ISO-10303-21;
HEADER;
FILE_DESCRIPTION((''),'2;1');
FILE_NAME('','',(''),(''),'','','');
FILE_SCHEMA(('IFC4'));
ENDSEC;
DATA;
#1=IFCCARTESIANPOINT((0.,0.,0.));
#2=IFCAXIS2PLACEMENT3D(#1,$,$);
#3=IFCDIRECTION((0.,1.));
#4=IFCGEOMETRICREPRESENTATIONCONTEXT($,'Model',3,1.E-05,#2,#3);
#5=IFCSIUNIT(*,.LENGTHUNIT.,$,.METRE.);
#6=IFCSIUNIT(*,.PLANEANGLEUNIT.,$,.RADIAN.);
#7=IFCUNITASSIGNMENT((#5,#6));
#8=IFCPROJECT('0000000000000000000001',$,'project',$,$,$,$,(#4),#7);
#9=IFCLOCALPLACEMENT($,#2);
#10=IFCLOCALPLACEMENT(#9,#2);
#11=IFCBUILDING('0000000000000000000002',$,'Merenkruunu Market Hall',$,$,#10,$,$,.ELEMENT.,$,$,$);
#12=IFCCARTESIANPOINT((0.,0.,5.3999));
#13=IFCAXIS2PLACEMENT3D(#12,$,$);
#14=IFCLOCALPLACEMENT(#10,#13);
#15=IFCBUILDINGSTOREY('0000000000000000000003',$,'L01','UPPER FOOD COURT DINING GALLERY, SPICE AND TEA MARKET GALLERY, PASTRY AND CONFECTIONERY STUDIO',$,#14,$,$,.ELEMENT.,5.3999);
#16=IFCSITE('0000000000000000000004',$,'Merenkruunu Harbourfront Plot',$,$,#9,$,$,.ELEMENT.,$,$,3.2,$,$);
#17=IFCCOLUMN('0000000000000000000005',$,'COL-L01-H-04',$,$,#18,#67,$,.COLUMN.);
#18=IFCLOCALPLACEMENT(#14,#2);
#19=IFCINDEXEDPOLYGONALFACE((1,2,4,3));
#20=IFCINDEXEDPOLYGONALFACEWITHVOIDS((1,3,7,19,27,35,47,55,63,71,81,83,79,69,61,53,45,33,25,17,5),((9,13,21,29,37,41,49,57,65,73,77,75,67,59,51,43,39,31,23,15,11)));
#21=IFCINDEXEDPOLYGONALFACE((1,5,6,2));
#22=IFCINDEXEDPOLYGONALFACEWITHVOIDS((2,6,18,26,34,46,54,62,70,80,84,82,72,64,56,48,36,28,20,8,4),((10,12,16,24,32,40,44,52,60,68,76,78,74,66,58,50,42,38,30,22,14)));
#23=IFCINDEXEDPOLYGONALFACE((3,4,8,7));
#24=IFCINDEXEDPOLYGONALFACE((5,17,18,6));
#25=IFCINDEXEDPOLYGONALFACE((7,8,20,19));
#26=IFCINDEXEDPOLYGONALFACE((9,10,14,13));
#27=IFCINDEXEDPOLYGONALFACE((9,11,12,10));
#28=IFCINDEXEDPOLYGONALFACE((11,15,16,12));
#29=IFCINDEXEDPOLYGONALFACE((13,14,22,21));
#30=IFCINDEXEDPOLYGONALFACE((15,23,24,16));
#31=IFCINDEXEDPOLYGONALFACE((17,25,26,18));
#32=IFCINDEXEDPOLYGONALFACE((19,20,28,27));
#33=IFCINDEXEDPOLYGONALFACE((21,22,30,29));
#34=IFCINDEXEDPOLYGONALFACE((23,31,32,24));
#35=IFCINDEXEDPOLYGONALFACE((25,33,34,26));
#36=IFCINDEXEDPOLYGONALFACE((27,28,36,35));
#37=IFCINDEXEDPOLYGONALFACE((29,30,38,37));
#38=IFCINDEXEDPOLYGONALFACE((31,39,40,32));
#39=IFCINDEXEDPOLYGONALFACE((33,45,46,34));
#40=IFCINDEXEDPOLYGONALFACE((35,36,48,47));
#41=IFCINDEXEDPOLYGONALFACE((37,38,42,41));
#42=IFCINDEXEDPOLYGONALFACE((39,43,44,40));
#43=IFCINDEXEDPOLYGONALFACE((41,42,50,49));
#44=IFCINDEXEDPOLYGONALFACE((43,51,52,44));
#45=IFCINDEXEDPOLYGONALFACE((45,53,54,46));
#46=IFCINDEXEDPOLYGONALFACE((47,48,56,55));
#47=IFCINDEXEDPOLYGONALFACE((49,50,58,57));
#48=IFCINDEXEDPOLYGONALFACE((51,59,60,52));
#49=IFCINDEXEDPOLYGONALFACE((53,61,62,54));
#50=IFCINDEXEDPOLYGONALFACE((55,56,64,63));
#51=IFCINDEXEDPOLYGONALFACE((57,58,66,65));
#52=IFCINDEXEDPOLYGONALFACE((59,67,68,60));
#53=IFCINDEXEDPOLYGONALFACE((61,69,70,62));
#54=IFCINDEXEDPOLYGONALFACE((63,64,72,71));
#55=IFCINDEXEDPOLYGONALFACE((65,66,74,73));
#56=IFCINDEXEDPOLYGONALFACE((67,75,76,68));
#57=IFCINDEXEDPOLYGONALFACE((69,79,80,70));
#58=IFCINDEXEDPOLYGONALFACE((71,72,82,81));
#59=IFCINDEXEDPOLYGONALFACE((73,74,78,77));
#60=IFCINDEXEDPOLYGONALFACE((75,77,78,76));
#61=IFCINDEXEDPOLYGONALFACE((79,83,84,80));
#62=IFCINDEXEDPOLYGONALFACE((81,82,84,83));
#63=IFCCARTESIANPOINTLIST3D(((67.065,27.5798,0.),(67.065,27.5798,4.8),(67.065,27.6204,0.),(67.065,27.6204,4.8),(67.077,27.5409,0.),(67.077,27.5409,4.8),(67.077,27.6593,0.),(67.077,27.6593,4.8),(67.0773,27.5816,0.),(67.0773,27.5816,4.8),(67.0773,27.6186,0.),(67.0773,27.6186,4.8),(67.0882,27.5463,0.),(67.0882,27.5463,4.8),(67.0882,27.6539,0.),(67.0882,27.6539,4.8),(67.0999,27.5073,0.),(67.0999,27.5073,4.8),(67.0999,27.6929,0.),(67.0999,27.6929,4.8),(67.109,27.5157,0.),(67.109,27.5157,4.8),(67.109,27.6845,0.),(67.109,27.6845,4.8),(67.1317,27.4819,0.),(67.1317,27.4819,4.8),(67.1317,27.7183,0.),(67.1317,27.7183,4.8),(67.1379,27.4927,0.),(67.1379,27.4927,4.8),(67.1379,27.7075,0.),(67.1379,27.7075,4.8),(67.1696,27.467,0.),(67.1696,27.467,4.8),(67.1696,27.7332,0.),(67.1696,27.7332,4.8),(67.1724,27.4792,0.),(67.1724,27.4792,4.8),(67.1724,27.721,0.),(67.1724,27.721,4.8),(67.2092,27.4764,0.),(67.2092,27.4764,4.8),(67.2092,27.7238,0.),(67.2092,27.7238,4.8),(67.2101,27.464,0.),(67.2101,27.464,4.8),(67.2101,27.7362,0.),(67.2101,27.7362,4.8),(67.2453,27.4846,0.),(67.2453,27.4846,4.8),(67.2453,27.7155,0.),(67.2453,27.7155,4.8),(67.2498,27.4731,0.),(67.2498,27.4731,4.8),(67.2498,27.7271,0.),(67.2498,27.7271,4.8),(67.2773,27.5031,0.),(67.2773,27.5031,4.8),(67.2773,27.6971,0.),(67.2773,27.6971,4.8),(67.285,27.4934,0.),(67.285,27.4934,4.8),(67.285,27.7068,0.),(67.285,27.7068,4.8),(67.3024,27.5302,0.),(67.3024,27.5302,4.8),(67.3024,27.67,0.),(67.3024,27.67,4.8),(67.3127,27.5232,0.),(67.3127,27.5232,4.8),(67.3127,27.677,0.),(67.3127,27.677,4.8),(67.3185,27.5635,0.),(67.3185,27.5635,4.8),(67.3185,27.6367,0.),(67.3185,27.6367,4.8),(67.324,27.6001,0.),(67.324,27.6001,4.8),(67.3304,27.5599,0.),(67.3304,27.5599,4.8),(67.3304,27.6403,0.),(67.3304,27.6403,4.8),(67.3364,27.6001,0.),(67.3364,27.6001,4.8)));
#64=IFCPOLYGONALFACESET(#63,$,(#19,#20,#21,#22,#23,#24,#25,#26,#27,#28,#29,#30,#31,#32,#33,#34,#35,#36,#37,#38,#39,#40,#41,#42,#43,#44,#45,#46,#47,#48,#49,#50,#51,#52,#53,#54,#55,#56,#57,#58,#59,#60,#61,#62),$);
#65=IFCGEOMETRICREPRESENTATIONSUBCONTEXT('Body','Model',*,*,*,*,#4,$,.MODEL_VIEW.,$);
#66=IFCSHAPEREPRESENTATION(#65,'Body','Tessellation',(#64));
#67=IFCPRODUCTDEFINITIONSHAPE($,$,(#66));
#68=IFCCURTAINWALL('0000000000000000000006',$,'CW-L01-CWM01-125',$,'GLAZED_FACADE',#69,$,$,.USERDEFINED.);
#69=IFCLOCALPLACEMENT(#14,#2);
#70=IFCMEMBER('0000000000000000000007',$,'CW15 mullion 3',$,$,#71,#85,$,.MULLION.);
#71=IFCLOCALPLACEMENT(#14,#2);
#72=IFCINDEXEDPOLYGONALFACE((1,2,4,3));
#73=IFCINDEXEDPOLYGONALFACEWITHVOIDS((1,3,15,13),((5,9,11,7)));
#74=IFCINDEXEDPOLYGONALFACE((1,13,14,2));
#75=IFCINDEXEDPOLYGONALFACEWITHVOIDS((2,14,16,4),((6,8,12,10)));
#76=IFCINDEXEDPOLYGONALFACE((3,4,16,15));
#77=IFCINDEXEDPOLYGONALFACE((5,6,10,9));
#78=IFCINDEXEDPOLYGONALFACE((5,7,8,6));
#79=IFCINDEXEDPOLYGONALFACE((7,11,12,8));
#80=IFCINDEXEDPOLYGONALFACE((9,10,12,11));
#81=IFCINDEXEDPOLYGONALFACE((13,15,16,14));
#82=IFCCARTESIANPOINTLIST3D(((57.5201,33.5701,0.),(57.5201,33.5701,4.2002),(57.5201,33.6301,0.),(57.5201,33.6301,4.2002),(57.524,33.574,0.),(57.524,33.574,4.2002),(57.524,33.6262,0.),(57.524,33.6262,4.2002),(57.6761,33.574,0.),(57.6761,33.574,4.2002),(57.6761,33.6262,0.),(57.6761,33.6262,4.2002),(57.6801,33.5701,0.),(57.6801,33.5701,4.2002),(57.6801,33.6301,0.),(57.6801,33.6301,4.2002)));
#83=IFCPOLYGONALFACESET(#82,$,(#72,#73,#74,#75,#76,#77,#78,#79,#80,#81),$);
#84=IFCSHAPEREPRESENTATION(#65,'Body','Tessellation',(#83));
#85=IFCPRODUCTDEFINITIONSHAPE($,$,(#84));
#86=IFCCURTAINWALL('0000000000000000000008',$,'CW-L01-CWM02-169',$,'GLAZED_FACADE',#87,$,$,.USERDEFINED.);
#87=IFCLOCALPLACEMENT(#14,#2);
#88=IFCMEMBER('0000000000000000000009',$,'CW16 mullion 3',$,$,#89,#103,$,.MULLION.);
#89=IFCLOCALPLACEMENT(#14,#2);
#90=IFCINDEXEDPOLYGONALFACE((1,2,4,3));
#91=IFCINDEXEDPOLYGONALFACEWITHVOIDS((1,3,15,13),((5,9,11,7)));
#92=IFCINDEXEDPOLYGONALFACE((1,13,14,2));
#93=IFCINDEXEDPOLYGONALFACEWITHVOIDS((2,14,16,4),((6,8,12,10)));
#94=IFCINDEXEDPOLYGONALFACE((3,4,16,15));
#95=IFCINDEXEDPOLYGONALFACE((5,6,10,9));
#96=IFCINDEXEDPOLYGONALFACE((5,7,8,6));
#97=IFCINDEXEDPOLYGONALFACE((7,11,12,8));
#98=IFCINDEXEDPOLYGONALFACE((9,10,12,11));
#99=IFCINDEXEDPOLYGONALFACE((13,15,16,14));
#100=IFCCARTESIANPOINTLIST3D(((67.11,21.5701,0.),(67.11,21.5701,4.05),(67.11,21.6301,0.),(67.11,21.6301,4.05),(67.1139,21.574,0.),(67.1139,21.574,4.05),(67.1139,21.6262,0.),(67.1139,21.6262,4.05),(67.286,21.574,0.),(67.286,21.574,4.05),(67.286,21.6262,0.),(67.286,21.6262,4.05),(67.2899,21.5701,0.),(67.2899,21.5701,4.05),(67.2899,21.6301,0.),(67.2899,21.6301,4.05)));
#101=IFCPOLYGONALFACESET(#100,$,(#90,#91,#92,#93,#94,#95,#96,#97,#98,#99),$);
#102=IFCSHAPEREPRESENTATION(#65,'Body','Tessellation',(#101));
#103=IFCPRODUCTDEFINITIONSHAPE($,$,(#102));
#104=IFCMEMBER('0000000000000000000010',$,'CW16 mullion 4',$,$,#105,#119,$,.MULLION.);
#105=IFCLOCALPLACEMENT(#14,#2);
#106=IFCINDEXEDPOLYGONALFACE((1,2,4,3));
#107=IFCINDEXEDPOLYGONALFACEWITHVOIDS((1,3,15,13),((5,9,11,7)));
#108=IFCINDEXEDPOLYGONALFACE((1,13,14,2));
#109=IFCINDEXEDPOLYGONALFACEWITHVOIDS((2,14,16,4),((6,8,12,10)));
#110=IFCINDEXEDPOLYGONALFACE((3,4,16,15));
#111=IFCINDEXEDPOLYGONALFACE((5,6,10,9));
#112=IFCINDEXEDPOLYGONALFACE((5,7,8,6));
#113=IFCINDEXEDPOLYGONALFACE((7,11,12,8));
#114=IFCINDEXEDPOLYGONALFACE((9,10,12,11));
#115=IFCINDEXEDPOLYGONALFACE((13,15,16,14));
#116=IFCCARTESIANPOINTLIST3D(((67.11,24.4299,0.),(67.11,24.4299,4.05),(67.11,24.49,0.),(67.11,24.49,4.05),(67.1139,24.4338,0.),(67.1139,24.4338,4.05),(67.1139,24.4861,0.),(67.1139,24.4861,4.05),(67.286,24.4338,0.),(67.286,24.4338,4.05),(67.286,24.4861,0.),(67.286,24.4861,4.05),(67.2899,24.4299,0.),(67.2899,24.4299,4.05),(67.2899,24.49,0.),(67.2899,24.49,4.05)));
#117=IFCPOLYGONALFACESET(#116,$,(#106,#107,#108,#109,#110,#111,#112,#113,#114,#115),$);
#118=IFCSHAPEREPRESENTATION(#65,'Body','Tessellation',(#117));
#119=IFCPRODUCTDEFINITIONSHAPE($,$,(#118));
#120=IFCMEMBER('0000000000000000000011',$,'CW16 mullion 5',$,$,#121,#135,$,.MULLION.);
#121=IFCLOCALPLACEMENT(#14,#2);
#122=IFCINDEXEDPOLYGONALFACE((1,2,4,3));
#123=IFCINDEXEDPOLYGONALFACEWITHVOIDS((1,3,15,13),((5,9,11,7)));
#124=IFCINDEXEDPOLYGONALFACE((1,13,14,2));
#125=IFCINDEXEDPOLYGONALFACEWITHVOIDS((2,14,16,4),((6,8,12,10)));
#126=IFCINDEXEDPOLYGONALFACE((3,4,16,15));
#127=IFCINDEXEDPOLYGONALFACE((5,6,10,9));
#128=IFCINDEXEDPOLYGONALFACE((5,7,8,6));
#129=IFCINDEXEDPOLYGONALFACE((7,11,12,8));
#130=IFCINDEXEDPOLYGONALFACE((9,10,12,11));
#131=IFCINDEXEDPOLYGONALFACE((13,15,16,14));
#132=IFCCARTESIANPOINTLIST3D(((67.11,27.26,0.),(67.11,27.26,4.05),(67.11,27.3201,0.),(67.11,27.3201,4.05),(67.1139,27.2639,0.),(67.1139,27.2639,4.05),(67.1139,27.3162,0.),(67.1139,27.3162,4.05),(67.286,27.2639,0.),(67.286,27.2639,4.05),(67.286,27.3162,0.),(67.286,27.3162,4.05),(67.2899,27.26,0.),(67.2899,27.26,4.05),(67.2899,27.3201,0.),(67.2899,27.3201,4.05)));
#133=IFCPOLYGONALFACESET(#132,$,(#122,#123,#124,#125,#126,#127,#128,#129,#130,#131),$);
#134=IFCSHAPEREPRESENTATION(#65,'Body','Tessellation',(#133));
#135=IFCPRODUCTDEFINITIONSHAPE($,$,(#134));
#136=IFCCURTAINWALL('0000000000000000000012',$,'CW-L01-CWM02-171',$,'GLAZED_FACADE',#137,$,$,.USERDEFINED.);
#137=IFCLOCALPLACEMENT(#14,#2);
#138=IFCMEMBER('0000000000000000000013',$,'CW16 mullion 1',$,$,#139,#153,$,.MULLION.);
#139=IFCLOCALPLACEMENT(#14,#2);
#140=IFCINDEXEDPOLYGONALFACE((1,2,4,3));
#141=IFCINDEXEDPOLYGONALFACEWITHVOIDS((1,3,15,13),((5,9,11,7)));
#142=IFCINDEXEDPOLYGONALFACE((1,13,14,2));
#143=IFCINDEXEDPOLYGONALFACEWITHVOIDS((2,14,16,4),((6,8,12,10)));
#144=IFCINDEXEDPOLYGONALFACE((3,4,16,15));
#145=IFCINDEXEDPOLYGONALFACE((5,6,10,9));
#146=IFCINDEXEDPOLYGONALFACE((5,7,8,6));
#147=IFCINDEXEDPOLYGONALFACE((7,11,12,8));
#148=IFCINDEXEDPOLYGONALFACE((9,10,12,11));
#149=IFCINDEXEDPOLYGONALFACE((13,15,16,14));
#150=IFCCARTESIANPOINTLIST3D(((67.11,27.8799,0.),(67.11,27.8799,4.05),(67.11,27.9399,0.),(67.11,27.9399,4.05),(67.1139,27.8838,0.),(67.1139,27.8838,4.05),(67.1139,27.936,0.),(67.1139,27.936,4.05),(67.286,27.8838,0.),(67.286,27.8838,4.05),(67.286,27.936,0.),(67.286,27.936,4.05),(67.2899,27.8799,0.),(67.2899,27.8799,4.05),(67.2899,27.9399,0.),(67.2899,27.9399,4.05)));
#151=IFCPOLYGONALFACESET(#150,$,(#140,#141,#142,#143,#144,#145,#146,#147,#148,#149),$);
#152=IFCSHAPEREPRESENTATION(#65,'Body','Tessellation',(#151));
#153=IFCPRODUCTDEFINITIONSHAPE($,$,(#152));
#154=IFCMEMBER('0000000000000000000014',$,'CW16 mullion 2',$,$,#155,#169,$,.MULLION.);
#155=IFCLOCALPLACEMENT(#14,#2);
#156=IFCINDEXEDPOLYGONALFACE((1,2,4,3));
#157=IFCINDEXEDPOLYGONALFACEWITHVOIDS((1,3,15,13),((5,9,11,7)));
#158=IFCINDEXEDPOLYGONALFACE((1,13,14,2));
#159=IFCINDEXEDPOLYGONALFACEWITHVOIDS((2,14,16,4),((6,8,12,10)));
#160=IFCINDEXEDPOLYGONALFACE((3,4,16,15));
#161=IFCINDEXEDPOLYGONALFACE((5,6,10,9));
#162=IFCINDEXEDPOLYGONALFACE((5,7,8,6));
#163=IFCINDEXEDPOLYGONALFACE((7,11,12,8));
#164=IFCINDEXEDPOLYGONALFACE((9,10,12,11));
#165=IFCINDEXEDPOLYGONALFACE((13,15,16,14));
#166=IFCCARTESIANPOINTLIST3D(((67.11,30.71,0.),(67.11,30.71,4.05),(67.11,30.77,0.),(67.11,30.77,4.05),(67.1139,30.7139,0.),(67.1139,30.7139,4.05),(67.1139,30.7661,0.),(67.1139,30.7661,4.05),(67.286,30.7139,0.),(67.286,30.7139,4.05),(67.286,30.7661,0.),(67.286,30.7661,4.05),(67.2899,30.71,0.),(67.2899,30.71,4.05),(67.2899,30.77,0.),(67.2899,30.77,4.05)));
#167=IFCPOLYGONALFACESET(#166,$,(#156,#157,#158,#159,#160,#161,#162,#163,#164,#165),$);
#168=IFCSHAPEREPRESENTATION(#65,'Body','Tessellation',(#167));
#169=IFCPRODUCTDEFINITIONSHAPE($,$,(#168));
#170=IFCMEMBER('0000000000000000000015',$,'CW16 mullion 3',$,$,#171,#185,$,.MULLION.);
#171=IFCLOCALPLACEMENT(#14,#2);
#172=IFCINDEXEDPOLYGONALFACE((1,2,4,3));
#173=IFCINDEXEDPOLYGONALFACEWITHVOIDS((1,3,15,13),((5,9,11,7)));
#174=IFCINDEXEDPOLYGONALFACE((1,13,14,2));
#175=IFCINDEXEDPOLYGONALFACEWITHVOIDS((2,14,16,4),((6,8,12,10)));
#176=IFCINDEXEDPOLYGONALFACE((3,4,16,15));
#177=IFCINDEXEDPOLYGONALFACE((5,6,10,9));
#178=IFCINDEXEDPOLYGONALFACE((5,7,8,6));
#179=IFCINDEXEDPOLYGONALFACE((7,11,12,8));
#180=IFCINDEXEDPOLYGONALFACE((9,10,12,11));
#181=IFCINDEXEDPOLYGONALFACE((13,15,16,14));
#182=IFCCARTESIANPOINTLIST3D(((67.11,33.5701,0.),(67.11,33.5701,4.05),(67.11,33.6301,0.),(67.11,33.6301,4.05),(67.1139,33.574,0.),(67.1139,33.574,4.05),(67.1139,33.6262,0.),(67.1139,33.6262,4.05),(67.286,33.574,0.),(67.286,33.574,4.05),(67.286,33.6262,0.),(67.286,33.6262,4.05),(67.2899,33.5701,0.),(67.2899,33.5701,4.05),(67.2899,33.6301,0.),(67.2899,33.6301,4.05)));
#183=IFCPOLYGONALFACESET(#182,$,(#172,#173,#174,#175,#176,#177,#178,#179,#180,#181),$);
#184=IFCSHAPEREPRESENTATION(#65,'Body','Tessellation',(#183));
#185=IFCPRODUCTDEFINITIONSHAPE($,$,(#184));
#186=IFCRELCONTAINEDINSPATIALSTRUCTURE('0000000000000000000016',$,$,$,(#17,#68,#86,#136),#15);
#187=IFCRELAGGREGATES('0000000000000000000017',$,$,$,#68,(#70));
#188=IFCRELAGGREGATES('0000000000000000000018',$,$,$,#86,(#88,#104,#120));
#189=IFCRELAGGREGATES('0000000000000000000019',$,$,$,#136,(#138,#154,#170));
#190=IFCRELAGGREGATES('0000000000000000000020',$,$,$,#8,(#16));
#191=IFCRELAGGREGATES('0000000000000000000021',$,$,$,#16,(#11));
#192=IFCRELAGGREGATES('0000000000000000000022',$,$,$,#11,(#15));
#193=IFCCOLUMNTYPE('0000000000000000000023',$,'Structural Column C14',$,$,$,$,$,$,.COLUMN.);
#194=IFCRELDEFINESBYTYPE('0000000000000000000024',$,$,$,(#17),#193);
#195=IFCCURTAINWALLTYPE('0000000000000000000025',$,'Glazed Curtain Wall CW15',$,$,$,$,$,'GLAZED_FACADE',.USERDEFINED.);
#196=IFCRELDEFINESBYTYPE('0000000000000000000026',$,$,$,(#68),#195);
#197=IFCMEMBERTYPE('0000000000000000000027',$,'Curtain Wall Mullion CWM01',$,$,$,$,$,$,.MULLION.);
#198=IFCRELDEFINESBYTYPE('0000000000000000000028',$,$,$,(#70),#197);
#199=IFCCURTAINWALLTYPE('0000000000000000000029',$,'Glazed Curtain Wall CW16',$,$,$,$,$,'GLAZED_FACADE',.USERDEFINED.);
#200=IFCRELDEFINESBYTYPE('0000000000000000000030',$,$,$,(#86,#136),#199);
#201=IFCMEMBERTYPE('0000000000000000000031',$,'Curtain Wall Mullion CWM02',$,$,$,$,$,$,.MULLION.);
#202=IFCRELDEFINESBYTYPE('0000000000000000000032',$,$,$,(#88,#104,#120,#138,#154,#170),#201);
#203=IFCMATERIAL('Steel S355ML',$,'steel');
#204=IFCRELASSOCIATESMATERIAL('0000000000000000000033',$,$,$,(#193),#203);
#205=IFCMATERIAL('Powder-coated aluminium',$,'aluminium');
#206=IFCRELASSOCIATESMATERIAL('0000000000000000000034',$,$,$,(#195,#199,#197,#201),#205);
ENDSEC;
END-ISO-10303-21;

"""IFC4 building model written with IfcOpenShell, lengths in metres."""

from ifc_helpers import new_model, si_unit, direction, frame, origin, origin_2d, place, context, subcontext, project, spatial, hollow_rectangle, hollow_circle, extrude, material, material_profile, profile_set, type_object, element, aggregate, save


model = new_model("IFC4")

# Units and contexts
model_context = context("Model", 3, precision=1e-05, world=origin(), true_north=direction((0.0, 1.0)))
body_context = subcontext(model_context, "Body", "Model", "MODEL_VIEW")
ifc_project = project(units=[si_unit("LENGTHUNIT", "METRE"), si_unit("PLANEANGLEUNIT", "RADIAN")], contexts=[model_context])

# Site, building, storey
site_placement = place(None, origin())
site = spatial("IfcSite", under=ifc_project, at=site_placement, Name="Merenkruunu Harbourfront Plot", CompositionType="ELEMENT", RefElevation=3.2)
building_placement = place(site_placement, origin())
building = spatial("IfcBuilding", under=site, at=building_placement, Name="Merenkruunu Market Hall", CompositionType="ELEMENT")
storey_placement = place(building_placement, frame((0.0, 0.0, 5.3999)))
storey = spatial("IfcBuildingStorey", under=building, at=storey_placement, Name="L01", Description="UPPER FOOD COURT DINING GALLERY, SPICE AND TEA MARKET GALLERY, PASTRY AND CONFECTIONERY STUDIO", CompositionType="ELEMENT", Elevation=5.3999)

# Column
ifc_material_1 = material(Name="Steel S355ML", Category="steel")
ifc_material_profile_1 = material_profile(ifc_material_1, hollow_circle(Radius=0.1365, WallThickness=0.0125, at=origin_2d()), Name="CHS 273x12.5")
ifc_profile_set_1 = profile_set([ifc_material_profile_1], Name="Steel S355ML")
column_type = type_object("IfcColumnType", Name="Structural Column C14", PredefinedType="COLUMN", material=ifc_profile_set_1)
column_placement = place(storey_placement, frame((67.2, 27.6001, 0.0), z_axis=(0.0, 0.0, 1.0), x_axis=(1.0, 0.0, 0.0)))
element("IfcColumn", 1, at=column_placement, inside=storey, type_object=column_type, Name="COL-L01-H-04", PredefinedType="COLUMN", context=body_context, shape_type="SweptSolid", body=[
    extrude(hollow_circle(Radius=0.1365, WallThickness=0.0125, at=origin_2d()), origin(), (0.0, 0.0, 1.0), 4.8),
])

# Curtain wall, member
ifc_material_2 = material(Name="Powder-coated aluminium", Category="aluminium")
curtain_wall_type_1 = type_object("IfcCurtainWallType", Name="Glazed Curtain Wall CW15", ElementType="GLAZED_FACADE", PredefinedType="USERDEFINED", material=ifc_material_2)
curtain_wall_1_placement = place(storey_placement, origin())
curtain_wall_1 = element("IfcCurtainWall", 2, at=curtain_wall_1_placement, inside=storey, type_object=curtain_wall_type_1, Name="CW-L01-CWM01-125", ObjectType="GLAZED_FACADE", PredefinedType="USERDEFINED")
ifc_material_profile_2 = material_profile(ifc_material_2, hollow_rectangle(XDim=0.0601, YDim=0.1599, WallThickness=0.0039, at=origin_2d()), Name="ALU 60x160x4")
ifc_profile_set_2 = profile_set([ifc_material_profile_2], Name="Powder-coated aluminium")
member_type_1 = type_object("IfcMemberType", Name="Curtain Wall Mullion CWM01", PredefinedType="MULLION", material=ifc_profile_set_2)
member_1_placement = place(storey_placement, frame((57.6001, 33.6001, 0.0), z_axis=(0.0, 0.0, 1.0), x_axis=(0.0, 1.0, 0.0)))
member_1 = element("IfcMember", 3, at=member_1_placement, type_object=member_type_1, Name="CW15 mullion 3", PredefinedType="MULLION", context=body_context, shape_type="SweptSolid", body=[
    extrude(hollow_rectangle(XDim=0.0601, YDim=0.1599, WallThickness=0.0039, at=origin_2d()), origin(), (0.0, 0.0, 1.0), 4.2002),
])

# Curtain walls, members
curtain_wall_type_2 = type_object("IfcCurtainWallType", Name="Glazed Curtain Wall CW16", ElementType="GLAZED_FACADE", PredefinedType="USERDEFINED", material=ifc_material_2)
curtain_wall_2_placement = place(storey_placement, origin())
curtain_wall_2 = element("IfcCurtainWall", 4, at=curtain_wall_2_placement, inside=storey, type_object=curtain_wall_type_2, Name="CW-L01-CWM02-169", ObjectType="GLAZED_FACADE", PredefinedType="USERDEFINED")
ifc_material_profile_3 = material_profile(ifc_material_2, hollow_rectangle(XDim=0.0601, YDim=0.1799, WallThickness=0.0039, at=origin_2d()), Name="ALU 60x180x4")
ifc_profile_set_3 = profile_set([ifc_material_profile_3], Name="Powder-coated aluminium")
member_type_2 = type_object("IfcMemberType", Name="Curtain Wall Mullion CWM02", PredefinedType="MULLION", material=ifc_profile_set_3)
member_2_placement = place(storey_placement, frame((67.2, 21.6001, 0.0), z_axis=(0.0, 0.0, 1.0), x_axis=(0.0, 1.0, 0.0)))
member_2 = element("IfcMember", 5, at=member_2_placement, type_object=member_type_2, Name="CW16 mullion 3", PredefinedType="MULLION", context=body_context, shape_type="SweptSolid", body=[
    extrude(hollow_rectangle(XDim=0.0601, YDim=0.1799, WallThickness=0.0039, at=origin_2d()), origin(), (0.0, 0.0, 1.0), 4.05),
])
member_3_placement = place(storey_placement, frame((67.2, 24.46, 0.0), z_axis=(0.0, 0.0, 1.0), x_axis=(0.0, 1.0, 0.0)))
member_3 = element("IfcMember", 6, at=member_3_placement, type_object=member_type_2, Name="CW16 mullion 4", PredefinedType="MULLION", context=body_context, shape_type="SweptSolid", body=[
    extrude(hollow_rectangle(XDim=0.0601, YDim=0.1799, WallThickness=0.0039, at=origin_2d()), origin(), (0.0, 0.0, 1.0), 4.05),
])
member_4_placement = place(storey_placement, frame((67.2, 27.29, 0.0), z_axis=(0.0, 0.0, 1.0), x_axis=(0.0, 1.0, 0.0)))
member_4 = element("IfcMember", 7, at=member_4_placement, type_object=member_type_2, Name="CW16 mullion 5", PredefinedType="MULLION", context=body_context, shape_type="SweptSolid", body=[
    extrude(hollow_rectangle(XDim=0.0601, YDim=0.1799, WallThickness=0.0039, at=origin_2d()), origin(), (0.0, 0.0, 1.0), 4.05),
])
curtain_wall_3_placement = place(storey_placement, origin())
curtain_wall_3 = element("IfcCurtainWall", 8, at=curtain_wall_3_placement, inside=storey, type_object=curtain_wall_type_2, Name="CW-L01-CWM02-171", ObjectType="GLAZED_FACADE", PredefinedType="USERDEFINED")
member_5_placement = place(storey_placement, frame((67.2, 27.9099, 0.0), z_axis=(0.0, 0.0, 1.0), x_axis=(0.0, 1.0, 0.0)))
member_5 = element("IfcMember", 9, at=member_5_placement, type_object=member_type_2, Name="CW16 mullion 1", PredefinedType="MULLION", context=body_context, shape_type="SweptSolid", body=[
    extrude(hollow_rectangle(XDim=0.0601, YDim=0.1799, WallThickness=0.0039, at=origin_2d()), origin(), (0.0, 0.0, 1.0), 4.05),
])
member_6_placement = place(storey_placement, frame((67.2, 30.74, 0.0), z_axis=(0.0, 0.0, 1.0), x_axis=(0.0, 1.0, 0.0)))
member_6 = element("IfcMember", 10, at=member_6_placement, type_object=member_type_2, Name="CW16 mullion 2", PredefinedType="MULLION", context=body_context, shape_type="SweptSolid", body=[
    extrude(hollow_rectangle(XDim=0.0601, YDim=0.1799, WallThickness=0.0039, at=origin_2d()), origin(), (0.0, 0.0, 1.0), 4.05),
])
member_7_placement = place(storey_placement, frame((67.2, 33.6001, 0.0), z_axis=(0.0, 0.0, 1.0), x_axis=(0.0, 1.0, 0.0)))
member_7 = element("IfcMember", 11, at=member_7_placement, type_object=member_type_2, Name="CW16 mullion 3", PredefinedType="MULLION", context=body_context, shape_type="SweptSolid", body=[
    extrude(hollow_rectangle(XDim=0.0601, YDim=0.1799, WallThickness=0.0039, at=origin_2d()), origin(), (0.0, 0.0, 1.0), 4.05),
])

aggregate(curtain_wall_1, [member_1])
aggregate(curtain_wall_2, [member_2, member_3, member_4])
aggregate(curtain_wall_3, [member_5, member_6, member_7])

save(model, "model.ifc")
